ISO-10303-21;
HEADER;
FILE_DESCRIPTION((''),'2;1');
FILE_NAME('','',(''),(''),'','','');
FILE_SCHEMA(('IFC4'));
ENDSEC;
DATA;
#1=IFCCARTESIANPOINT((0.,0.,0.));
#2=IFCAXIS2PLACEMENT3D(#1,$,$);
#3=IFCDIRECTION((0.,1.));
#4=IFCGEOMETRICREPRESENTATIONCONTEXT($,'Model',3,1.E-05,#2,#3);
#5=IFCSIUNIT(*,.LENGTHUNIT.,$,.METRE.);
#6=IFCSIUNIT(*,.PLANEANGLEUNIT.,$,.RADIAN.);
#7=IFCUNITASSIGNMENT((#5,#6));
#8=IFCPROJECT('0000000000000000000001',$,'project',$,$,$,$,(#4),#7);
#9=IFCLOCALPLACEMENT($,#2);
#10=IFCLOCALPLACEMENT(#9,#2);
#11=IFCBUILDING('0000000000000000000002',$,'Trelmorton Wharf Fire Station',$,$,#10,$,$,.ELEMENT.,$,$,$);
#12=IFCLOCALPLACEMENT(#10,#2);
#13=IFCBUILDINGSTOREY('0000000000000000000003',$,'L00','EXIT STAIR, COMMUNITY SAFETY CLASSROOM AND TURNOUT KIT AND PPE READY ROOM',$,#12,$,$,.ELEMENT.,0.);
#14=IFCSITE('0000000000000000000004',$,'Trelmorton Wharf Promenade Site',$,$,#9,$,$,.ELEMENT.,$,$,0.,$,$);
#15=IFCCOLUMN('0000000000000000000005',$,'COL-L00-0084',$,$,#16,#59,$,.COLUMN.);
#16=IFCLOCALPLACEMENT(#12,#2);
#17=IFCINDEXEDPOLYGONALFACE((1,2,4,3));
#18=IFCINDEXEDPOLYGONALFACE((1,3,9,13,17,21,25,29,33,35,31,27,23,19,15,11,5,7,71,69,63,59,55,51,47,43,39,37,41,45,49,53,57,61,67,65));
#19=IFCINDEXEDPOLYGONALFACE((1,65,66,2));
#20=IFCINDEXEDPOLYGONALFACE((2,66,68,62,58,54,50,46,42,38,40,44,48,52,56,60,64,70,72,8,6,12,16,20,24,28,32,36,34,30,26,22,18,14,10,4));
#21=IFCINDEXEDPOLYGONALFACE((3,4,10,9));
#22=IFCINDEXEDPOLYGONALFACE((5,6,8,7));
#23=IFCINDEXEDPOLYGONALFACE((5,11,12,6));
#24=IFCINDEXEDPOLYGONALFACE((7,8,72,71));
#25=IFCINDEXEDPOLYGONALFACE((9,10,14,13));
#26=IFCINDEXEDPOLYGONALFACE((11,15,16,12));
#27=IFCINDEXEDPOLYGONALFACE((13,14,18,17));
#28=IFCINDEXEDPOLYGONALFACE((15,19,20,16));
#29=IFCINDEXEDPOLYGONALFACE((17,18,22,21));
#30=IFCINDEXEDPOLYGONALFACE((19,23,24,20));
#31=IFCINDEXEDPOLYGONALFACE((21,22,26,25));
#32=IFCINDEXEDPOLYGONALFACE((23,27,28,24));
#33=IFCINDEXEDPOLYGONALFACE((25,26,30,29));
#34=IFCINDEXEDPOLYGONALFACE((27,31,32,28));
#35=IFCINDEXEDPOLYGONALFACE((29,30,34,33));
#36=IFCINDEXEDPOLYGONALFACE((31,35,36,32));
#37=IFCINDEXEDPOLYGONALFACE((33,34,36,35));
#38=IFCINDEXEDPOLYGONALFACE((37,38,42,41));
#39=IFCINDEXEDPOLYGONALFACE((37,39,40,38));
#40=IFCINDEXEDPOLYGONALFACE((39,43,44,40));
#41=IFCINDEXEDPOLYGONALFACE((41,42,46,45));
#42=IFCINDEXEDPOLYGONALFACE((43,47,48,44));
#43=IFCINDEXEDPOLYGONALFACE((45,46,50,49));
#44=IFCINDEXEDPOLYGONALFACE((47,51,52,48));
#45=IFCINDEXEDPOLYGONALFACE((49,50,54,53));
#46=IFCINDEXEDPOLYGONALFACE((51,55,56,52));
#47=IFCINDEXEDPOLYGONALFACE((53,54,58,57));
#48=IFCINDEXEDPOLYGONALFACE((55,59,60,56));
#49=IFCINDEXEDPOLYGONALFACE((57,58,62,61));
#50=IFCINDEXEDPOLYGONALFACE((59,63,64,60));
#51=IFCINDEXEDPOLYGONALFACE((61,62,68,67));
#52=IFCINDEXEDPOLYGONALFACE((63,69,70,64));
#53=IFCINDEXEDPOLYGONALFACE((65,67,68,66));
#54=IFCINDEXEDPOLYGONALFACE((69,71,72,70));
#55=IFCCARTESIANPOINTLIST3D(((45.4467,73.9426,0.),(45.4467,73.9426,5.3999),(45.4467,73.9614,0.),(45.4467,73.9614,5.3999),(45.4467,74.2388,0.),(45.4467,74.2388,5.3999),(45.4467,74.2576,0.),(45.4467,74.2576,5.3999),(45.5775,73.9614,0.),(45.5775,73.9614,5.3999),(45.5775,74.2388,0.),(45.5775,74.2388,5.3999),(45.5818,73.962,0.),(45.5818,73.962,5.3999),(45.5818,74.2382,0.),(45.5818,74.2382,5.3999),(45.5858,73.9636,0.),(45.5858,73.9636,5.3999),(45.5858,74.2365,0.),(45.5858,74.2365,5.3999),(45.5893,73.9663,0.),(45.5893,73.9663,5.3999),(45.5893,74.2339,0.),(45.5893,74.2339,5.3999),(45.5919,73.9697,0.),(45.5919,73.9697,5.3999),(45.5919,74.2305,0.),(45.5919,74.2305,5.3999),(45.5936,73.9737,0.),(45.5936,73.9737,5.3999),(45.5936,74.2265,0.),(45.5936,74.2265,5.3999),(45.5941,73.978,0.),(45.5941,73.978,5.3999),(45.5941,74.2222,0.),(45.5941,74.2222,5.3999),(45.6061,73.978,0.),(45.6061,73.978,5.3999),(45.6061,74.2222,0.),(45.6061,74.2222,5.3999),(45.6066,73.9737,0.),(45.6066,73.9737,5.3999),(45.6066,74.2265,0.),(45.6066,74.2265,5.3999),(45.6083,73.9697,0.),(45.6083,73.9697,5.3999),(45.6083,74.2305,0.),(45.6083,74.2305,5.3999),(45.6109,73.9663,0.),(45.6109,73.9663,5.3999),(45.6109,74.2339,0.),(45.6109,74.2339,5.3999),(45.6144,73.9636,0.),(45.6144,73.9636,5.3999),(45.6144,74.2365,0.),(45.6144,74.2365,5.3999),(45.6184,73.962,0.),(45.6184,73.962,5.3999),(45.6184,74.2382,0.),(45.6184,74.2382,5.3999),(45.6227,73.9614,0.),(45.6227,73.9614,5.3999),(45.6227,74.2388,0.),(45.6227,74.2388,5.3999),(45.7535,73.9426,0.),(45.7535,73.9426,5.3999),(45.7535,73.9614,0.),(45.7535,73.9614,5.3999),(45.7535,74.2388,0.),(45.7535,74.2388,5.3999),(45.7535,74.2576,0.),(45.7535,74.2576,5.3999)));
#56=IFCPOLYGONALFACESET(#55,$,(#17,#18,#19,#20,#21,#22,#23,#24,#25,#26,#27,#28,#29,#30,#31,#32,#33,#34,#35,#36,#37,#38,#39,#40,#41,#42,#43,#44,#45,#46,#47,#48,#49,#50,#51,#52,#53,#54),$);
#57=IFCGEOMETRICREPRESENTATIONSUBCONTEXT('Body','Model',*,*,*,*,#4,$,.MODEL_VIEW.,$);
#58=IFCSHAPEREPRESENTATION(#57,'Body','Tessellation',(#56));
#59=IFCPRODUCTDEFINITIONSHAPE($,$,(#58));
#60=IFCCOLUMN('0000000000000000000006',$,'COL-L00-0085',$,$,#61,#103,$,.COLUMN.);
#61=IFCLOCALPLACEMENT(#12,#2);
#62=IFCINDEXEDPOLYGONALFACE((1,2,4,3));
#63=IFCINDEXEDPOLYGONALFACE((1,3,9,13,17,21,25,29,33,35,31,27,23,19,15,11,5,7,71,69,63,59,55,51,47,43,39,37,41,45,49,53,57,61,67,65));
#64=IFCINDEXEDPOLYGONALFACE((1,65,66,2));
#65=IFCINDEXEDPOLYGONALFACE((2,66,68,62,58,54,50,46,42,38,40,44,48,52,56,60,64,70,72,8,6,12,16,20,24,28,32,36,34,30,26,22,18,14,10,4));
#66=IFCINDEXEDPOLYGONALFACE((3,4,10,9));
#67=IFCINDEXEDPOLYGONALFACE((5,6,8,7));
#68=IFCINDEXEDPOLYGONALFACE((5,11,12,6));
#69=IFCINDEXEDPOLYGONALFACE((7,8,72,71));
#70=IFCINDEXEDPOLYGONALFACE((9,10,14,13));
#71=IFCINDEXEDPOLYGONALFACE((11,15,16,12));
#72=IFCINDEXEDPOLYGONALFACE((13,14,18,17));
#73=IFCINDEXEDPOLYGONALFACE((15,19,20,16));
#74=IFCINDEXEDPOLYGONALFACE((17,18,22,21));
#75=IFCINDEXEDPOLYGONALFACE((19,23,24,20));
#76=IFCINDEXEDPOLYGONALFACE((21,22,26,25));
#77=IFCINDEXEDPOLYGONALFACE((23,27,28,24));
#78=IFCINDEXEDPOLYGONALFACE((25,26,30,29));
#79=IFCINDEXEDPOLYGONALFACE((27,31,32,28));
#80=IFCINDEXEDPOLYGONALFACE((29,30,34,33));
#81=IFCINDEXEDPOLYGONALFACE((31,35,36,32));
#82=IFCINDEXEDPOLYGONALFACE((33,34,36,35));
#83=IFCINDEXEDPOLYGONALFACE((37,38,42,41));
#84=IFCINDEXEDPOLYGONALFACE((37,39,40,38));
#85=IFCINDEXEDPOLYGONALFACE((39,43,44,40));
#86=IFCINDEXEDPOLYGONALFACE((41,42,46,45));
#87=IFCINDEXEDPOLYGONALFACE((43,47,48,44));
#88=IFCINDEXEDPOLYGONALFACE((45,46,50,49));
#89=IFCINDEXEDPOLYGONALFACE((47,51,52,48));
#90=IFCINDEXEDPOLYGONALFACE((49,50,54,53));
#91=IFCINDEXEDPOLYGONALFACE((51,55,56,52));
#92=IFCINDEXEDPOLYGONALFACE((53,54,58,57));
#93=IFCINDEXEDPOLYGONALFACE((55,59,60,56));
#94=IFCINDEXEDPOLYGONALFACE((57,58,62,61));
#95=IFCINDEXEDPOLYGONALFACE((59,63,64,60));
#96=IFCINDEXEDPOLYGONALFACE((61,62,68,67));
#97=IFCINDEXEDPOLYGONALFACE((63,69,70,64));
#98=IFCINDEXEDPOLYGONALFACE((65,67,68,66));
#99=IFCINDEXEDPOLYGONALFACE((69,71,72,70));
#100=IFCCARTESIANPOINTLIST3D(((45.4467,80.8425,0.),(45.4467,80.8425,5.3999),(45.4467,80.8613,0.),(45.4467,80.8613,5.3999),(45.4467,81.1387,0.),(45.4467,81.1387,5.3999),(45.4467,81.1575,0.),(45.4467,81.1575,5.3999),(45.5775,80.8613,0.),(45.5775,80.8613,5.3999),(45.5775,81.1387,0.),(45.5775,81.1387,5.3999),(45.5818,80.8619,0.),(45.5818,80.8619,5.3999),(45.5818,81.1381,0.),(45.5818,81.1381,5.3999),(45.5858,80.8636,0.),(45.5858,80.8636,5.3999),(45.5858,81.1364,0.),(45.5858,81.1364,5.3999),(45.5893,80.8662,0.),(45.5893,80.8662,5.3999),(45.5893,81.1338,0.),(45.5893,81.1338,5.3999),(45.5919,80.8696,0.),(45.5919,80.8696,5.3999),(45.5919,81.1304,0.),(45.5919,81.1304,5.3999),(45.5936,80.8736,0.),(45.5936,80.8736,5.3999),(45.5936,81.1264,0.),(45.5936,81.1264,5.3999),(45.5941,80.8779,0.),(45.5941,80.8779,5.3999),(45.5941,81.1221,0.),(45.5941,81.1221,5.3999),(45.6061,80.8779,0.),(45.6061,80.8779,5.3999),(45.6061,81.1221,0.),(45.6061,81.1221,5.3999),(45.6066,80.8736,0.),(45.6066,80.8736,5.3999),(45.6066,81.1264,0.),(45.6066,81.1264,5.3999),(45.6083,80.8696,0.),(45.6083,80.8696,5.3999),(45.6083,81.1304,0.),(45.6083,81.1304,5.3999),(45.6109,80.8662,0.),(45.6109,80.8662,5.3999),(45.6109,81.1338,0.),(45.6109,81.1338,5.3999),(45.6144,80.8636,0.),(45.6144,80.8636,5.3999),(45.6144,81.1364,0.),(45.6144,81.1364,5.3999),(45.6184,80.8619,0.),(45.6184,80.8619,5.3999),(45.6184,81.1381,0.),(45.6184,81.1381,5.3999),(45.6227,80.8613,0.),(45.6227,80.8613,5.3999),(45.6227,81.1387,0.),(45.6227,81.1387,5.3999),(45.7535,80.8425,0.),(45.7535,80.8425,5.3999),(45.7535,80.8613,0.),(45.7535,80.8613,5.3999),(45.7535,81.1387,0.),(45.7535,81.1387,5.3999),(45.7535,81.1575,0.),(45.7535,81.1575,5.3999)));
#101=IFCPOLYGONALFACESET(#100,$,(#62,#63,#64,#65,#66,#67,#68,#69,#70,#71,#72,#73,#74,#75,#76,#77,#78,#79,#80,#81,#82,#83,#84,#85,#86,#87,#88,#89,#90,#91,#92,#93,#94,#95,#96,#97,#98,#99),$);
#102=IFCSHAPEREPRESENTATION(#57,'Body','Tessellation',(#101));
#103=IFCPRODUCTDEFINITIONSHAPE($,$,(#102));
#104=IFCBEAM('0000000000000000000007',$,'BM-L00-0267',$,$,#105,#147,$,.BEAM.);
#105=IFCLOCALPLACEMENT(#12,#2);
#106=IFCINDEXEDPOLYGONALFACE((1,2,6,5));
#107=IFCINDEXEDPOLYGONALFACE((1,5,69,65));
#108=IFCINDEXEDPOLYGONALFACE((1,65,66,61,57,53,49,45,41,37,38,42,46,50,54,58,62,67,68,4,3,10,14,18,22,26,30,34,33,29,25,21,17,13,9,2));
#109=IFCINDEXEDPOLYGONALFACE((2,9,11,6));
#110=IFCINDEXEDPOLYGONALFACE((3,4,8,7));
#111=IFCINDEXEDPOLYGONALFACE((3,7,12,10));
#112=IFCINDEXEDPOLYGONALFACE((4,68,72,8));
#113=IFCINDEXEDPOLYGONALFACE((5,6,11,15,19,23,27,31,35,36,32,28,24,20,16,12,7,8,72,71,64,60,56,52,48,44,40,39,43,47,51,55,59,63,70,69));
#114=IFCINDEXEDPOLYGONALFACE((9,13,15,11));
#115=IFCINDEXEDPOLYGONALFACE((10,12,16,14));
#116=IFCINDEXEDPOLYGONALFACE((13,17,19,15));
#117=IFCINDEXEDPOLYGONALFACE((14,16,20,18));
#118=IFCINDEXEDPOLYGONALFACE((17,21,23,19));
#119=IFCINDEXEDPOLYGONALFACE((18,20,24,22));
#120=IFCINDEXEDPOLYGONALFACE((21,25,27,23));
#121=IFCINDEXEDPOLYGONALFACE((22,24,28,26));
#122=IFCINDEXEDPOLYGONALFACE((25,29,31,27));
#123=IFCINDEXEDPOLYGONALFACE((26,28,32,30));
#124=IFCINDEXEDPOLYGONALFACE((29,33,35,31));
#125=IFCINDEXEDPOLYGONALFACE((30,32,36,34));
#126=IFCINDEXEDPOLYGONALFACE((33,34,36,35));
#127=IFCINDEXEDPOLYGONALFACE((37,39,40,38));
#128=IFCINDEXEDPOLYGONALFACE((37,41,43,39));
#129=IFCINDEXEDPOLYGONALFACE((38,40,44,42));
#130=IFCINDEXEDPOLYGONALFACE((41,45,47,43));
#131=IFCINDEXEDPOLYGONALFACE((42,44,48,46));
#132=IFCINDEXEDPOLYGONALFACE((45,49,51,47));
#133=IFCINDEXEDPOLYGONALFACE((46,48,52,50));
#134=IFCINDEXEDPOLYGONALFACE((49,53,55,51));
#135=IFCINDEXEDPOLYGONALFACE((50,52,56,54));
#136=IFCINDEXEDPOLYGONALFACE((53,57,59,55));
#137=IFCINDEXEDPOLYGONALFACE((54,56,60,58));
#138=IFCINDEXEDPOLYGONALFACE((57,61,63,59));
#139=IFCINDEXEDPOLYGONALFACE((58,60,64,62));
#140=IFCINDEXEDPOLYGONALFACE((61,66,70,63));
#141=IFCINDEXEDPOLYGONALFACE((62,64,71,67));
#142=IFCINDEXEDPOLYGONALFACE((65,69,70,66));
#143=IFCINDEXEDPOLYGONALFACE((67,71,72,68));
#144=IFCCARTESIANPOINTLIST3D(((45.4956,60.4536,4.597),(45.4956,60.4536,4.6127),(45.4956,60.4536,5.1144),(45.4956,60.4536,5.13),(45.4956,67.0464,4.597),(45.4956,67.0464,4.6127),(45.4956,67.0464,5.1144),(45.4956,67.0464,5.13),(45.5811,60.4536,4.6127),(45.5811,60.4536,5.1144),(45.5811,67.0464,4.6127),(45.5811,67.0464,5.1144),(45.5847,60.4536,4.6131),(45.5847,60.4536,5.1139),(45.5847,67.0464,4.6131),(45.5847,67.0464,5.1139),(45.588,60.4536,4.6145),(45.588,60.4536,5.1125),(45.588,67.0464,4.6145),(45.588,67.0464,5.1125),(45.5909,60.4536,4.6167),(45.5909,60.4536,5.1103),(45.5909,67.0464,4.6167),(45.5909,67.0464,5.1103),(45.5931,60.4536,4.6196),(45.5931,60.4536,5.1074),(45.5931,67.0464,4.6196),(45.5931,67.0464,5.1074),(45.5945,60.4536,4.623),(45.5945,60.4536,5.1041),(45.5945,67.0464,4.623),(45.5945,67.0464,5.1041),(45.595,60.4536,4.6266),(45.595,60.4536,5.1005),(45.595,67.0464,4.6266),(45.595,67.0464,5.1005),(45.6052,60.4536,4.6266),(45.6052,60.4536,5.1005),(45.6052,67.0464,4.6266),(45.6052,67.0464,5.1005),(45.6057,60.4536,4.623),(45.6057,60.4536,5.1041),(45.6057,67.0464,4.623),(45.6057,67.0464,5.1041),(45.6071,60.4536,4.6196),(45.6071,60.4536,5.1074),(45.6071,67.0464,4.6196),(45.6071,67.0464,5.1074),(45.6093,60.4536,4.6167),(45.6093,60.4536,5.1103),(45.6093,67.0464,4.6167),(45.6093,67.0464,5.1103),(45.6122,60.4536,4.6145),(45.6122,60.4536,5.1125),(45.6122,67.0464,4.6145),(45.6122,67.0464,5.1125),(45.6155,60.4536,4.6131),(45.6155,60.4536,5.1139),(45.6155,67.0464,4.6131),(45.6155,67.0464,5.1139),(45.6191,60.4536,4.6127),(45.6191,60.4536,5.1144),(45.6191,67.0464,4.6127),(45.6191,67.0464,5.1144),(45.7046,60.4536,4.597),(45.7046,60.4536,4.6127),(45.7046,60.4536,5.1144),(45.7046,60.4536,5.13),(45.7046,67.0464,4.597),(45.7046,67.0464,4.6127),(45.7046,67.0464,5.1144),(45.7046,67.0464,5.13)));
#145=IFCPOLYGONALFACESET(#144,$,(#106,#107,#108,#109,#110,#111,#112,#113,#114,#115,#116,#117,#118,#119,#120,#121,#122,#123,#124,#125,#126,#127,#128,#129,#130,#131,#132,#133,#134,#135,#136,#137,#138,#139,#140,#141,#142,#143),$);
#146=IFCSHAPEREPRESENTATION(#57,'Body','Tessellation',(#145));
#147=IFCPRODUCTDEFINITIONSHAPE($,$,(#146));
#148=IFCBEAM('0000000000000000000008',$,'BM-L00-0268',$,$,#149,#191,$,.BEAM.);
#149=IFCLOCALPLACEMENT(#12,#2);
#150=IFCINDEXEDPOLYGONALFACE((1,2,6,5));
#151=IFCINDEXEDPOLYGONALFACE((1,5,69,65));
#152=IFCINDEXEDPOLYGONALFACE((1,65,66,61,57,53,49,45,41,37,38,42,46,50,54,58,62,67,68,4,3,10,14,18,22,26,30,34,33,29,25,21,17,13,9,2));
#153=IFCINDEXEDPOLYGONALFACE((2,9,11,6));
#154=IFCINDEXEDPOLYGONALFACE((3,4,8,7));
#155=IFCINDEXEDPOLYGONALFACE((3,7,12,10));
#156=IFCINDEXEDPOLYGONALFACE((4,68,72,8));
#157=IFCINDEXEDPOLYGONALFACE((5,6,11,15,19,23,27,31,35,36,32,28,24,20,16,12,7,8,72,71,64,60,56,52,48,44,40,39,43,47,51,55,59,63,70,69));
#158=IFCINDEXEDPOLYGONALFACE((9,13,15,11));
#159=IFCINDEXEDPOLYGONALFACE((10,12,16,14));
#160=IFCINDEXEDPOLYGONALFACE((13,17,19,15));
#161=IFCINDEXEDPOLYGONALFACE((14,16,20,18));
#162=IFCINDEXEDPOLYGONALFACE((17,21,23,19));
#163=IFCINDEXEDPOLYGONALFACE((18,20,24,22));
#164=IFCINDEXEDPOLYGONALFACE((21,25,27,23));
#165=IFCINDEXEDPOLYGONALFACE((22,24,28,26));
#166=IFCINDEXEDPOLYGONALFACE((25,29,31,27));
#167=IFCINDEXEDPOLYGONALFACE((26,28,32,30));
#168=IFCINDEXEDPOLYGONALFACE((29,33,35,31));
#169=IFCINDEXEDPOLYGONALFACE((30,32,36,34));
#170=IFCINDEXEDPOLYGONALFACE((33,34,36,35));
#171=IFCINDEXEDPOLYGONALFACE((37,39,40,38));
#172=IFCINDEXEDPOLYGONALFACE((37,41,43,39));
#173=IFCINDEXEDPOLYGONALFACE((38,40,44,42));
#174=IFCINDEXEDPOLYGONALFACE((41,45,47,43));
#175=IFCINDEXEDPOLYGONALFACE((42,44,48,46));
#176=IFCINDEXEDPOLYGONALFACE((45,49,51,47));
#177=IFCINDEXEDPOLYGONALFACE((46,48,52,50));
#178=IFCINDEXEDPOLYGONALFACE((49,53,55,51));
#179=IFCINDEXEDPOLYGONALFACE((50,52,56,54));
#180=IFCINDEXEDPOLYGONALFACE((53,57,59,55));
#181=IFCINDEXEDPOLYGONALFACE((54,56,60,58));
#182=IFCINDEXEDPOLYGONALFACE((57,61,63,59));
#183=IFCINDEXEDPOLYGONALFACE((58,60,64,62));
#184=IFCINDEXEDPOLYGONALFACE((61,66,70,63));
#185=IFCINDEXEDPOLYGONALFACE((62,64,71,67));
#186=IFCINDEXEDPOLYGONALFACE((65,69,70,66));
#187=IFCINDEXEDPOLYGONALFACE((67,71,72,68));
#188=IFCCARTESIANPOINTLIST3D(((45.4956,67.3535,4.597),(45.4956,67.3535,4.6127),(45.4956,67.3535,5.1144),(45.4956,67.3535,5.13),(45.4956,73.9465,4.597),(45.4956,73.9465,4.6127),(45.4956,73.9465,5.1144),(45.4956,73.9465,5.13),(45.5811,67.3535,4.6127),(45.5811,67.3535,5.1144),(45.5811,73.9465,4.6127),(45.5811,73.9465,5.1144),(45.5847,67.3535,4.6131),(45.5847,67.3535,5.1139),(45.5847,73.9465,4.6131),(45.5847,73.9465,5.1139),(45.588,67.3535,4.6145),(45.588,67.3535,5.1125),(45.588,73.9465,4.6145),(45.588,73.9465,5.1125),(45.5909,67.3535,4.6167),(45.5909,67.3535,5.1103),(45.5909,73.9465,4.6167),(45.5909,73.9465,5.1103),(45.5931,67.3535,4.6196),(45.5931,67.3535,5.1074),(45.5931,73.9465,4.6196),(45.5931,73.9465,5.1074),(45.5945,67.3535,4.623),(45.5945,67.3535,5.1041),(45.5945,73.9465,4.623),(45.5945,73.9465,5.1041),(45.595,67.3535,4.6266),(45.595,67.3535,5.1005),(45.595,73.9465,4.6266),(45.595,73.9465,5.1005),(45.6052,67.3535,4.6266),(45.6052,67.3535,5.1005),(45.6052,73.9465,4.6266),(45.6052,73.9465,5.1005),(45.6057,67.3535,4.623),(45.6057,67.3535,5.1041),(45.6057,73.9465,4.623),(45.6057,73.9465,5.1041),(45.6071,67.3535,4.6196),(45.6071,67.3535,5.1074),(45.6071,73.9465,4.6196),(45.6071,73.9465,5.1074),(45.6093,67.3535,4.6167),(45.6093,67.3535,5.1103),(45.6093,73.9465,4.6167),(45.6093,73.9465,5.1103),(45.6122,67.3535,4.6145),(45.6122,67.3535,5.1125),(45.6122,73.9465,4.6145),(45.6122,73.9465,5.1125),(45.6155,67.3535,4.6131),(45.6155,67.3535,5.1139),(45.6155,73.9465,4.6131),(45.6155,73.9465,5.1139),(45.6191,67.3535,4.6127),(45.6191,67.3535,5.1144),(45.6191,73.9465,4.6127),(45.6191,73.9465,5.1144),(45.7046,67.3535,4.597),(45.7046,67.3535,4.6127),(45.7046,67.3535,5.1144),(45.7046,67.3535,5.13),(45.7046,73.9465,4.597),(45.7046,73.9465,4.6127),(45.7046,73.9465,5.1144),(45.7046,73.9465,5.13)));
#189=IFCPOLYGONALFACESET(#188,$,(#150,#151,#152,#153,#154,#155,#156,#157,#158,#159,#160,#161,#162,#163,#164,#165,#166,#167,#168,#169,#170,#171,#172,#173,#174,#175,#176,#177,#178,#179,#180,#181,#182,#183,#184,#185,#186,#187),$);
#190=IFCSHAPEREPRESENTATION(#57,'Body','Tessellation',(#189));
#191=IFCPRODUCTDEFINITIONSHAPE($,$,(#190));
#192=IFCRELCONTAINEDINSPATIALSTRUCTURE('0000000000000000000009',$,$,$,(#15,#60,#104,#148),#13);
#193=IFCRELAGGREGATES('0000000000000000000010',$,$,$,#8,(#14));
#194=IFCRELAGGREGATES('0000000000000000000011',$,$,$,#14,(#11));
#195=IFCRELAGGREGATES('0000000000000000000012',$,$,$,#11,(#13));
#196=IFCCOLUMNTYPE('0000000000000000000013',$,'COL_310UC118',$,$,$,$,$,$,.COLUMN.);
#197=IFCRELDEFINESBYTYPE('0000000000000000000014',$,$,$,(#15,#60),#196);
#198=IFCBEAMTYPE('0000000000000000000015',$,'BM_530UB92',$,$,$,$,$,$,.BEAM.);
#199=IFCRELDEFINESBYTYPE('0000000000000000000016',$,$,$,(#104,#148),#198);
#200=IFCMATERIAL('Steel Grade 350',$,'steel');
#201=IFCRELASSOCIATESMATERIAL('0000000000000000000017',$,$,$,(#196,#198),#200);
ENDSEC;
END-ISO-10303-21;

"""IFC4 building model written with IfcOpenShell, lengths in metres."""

from ifc_helpers import new_model, si_unit, direction, frame, origin, origin_2d, place, context, subcontext, project, spatial, i_section, extrude, material, material_profile, profile_set, type_object, element, save


model = new_model("IFC4")

# Units and contexts
model_context = context("Model", 3, precision=1e-05, world=origin(), true_north=direction((0.0, 1.0)))
body_context = subcontext(model_context, "Body", "Model", "MODEL_VIEW")
ifc_project = project(units=[si_unit("LENGTHUNIT", "METRE"), si_unit("PLANEANGLEUNIT", "RADIAN")], contexts=[model_context])

# Site, building, storey
site_placement = place(None, origin())
site = spatial("IfcSite", under=ifc_project, at=site_placement, Name="Trelmorton Wharf Promenade Site", CompositionType="ELEMENT", RefElevation=0.0)
building_placement = place(site_placement, origin())
building = spatial("IfcBuilding", under=site, at=building_placement, Name="Trelmorton Wharf Fire Station", CompositionType="ELEMENT")
storey_placement = place(building_placement, origin())
storey = spatial("IfcBuildingStorey", under=building, at=storey_placement, Name="L00", Description="EXIT STAIR, COMMUNITY SAFETY CLASSROOM AND TURNOUT KIT AND PPE READY ROOM", CompositionType="ELEMENT", Elevation=0.0)

# Columns
ifc_material_1 = material(Name="Steel Grade 350", Category="steel")
ifc_material_profile_1 = material_profile(ifc_material_1, i_section(OverallWidth=0.3069, OverallDepth=0.3149, WebThickness=0.012, FlangeThickness=0.0188, FilletRadius=0.0166, at=origin_2d()), Name="310UC118")
ifc_profile_set_1 = profile_set([ifc_material_profile_1], Name="Steel Grade 350")
column_type = type_object("IfcColumnType", Name="COL_310UC118", PredefinedType="COLUMN", material=ifc_profile_set_1)
for number, where, z_axis, x_axis, name in (
    (1, (45.6001, 74.1001, 0.0), (0.0, 0.0, 1.0), (1.0, 0.0, 0.0), "COL-L00-0084"),
    (2, (45.6001, 81.0, 0.0), (0.0, 0.0, 1.0), (1.0, 0.0, 0.0), "COL-L00-0085"),
):
    element("IfcColumn", number, at=place(storey_placement, frame(where, z_axis=z_axis, x_axis=x_axis)), inside=storey, type_object=column_type, Name=name, PredefinedType="COLUMN", context=body_context, shape_type="SweptSolid", body=[
        extrude(i_section(OverallWidth=0.3069, OverallDepth=0.3149, WebThickness=0.012, FlangeThickness=0.0188, FilletRadius=0.0166, at=origin_2d()), origin(), (0.0, 0.0, 1.0), 5.3999),
    ])

# Beams
ifc_material_profile_2 = material_profile(ifc_material_1, i_section(OverallWidth=0.209, OverallDepth=0.533, WebThickness=0.0103, FlangeThickness=0.0156, FilletRadius=0.0139, at=origin_2d()), Name="530UB92.4")
ifc_profile_set_2 = profile_set([ifc_material_profile_2], Name="Steel Grade 350")
beam_type = type_object("IfcBeamType", Name="BM_530UB92", PredefinedType="BEAM", material=ifc_profile_set_2)
beam_placement = place(storey_placement, frame((45.6001, 60.4536, 4.8635), z_axis=(0.0, 1.0, 0.0), x_axis=(-1.0, 0.0, 0.0)))
element("IfcBeam", 3, at=beam_placement, inside=storey, type_object=beam_type, Name="BM-L00-0267", PredefinedType="BEAM", context=body_context, shape_type="SweptSolid", body=[
    extrude(i_section(OverallWidth=0.209, OverallDepth=0.533, WebThickness=0.0103, FlangeThickness=0.0156, FilletRadius=0.0139, at=origin_2d()), origin(), (0.0, 0.0, 1.0), 6.5928),
])
for number, where, z_axis, x_axis, name in (
    (4, (45.6001, 67.3535, 4.8635), (0.0, 1.0, 0.0), (-1.0, 0.0, 0.0), "BM-L00-0268"),
):
    element("IfcBeam", number, at=place(storey_placement, frame(where, z_axis=z_axis, x_axis=x_axis)), inside=storey, type_object=beam_type, Name=name, PredefinedType="BEAM", context=body_context, shape_type="SweptSolid", body=[
        extrude(i_section(OverallWidth=0.209, OverallDepth=0.533, WebThickness=0.0103, FlangeThickness=0.0156, FilletRadius=0.0139, at=origin_2d()), origin(), (0.0, 0.0, 1.0), 6.593),
    ])

save(model, "model.ifc")
